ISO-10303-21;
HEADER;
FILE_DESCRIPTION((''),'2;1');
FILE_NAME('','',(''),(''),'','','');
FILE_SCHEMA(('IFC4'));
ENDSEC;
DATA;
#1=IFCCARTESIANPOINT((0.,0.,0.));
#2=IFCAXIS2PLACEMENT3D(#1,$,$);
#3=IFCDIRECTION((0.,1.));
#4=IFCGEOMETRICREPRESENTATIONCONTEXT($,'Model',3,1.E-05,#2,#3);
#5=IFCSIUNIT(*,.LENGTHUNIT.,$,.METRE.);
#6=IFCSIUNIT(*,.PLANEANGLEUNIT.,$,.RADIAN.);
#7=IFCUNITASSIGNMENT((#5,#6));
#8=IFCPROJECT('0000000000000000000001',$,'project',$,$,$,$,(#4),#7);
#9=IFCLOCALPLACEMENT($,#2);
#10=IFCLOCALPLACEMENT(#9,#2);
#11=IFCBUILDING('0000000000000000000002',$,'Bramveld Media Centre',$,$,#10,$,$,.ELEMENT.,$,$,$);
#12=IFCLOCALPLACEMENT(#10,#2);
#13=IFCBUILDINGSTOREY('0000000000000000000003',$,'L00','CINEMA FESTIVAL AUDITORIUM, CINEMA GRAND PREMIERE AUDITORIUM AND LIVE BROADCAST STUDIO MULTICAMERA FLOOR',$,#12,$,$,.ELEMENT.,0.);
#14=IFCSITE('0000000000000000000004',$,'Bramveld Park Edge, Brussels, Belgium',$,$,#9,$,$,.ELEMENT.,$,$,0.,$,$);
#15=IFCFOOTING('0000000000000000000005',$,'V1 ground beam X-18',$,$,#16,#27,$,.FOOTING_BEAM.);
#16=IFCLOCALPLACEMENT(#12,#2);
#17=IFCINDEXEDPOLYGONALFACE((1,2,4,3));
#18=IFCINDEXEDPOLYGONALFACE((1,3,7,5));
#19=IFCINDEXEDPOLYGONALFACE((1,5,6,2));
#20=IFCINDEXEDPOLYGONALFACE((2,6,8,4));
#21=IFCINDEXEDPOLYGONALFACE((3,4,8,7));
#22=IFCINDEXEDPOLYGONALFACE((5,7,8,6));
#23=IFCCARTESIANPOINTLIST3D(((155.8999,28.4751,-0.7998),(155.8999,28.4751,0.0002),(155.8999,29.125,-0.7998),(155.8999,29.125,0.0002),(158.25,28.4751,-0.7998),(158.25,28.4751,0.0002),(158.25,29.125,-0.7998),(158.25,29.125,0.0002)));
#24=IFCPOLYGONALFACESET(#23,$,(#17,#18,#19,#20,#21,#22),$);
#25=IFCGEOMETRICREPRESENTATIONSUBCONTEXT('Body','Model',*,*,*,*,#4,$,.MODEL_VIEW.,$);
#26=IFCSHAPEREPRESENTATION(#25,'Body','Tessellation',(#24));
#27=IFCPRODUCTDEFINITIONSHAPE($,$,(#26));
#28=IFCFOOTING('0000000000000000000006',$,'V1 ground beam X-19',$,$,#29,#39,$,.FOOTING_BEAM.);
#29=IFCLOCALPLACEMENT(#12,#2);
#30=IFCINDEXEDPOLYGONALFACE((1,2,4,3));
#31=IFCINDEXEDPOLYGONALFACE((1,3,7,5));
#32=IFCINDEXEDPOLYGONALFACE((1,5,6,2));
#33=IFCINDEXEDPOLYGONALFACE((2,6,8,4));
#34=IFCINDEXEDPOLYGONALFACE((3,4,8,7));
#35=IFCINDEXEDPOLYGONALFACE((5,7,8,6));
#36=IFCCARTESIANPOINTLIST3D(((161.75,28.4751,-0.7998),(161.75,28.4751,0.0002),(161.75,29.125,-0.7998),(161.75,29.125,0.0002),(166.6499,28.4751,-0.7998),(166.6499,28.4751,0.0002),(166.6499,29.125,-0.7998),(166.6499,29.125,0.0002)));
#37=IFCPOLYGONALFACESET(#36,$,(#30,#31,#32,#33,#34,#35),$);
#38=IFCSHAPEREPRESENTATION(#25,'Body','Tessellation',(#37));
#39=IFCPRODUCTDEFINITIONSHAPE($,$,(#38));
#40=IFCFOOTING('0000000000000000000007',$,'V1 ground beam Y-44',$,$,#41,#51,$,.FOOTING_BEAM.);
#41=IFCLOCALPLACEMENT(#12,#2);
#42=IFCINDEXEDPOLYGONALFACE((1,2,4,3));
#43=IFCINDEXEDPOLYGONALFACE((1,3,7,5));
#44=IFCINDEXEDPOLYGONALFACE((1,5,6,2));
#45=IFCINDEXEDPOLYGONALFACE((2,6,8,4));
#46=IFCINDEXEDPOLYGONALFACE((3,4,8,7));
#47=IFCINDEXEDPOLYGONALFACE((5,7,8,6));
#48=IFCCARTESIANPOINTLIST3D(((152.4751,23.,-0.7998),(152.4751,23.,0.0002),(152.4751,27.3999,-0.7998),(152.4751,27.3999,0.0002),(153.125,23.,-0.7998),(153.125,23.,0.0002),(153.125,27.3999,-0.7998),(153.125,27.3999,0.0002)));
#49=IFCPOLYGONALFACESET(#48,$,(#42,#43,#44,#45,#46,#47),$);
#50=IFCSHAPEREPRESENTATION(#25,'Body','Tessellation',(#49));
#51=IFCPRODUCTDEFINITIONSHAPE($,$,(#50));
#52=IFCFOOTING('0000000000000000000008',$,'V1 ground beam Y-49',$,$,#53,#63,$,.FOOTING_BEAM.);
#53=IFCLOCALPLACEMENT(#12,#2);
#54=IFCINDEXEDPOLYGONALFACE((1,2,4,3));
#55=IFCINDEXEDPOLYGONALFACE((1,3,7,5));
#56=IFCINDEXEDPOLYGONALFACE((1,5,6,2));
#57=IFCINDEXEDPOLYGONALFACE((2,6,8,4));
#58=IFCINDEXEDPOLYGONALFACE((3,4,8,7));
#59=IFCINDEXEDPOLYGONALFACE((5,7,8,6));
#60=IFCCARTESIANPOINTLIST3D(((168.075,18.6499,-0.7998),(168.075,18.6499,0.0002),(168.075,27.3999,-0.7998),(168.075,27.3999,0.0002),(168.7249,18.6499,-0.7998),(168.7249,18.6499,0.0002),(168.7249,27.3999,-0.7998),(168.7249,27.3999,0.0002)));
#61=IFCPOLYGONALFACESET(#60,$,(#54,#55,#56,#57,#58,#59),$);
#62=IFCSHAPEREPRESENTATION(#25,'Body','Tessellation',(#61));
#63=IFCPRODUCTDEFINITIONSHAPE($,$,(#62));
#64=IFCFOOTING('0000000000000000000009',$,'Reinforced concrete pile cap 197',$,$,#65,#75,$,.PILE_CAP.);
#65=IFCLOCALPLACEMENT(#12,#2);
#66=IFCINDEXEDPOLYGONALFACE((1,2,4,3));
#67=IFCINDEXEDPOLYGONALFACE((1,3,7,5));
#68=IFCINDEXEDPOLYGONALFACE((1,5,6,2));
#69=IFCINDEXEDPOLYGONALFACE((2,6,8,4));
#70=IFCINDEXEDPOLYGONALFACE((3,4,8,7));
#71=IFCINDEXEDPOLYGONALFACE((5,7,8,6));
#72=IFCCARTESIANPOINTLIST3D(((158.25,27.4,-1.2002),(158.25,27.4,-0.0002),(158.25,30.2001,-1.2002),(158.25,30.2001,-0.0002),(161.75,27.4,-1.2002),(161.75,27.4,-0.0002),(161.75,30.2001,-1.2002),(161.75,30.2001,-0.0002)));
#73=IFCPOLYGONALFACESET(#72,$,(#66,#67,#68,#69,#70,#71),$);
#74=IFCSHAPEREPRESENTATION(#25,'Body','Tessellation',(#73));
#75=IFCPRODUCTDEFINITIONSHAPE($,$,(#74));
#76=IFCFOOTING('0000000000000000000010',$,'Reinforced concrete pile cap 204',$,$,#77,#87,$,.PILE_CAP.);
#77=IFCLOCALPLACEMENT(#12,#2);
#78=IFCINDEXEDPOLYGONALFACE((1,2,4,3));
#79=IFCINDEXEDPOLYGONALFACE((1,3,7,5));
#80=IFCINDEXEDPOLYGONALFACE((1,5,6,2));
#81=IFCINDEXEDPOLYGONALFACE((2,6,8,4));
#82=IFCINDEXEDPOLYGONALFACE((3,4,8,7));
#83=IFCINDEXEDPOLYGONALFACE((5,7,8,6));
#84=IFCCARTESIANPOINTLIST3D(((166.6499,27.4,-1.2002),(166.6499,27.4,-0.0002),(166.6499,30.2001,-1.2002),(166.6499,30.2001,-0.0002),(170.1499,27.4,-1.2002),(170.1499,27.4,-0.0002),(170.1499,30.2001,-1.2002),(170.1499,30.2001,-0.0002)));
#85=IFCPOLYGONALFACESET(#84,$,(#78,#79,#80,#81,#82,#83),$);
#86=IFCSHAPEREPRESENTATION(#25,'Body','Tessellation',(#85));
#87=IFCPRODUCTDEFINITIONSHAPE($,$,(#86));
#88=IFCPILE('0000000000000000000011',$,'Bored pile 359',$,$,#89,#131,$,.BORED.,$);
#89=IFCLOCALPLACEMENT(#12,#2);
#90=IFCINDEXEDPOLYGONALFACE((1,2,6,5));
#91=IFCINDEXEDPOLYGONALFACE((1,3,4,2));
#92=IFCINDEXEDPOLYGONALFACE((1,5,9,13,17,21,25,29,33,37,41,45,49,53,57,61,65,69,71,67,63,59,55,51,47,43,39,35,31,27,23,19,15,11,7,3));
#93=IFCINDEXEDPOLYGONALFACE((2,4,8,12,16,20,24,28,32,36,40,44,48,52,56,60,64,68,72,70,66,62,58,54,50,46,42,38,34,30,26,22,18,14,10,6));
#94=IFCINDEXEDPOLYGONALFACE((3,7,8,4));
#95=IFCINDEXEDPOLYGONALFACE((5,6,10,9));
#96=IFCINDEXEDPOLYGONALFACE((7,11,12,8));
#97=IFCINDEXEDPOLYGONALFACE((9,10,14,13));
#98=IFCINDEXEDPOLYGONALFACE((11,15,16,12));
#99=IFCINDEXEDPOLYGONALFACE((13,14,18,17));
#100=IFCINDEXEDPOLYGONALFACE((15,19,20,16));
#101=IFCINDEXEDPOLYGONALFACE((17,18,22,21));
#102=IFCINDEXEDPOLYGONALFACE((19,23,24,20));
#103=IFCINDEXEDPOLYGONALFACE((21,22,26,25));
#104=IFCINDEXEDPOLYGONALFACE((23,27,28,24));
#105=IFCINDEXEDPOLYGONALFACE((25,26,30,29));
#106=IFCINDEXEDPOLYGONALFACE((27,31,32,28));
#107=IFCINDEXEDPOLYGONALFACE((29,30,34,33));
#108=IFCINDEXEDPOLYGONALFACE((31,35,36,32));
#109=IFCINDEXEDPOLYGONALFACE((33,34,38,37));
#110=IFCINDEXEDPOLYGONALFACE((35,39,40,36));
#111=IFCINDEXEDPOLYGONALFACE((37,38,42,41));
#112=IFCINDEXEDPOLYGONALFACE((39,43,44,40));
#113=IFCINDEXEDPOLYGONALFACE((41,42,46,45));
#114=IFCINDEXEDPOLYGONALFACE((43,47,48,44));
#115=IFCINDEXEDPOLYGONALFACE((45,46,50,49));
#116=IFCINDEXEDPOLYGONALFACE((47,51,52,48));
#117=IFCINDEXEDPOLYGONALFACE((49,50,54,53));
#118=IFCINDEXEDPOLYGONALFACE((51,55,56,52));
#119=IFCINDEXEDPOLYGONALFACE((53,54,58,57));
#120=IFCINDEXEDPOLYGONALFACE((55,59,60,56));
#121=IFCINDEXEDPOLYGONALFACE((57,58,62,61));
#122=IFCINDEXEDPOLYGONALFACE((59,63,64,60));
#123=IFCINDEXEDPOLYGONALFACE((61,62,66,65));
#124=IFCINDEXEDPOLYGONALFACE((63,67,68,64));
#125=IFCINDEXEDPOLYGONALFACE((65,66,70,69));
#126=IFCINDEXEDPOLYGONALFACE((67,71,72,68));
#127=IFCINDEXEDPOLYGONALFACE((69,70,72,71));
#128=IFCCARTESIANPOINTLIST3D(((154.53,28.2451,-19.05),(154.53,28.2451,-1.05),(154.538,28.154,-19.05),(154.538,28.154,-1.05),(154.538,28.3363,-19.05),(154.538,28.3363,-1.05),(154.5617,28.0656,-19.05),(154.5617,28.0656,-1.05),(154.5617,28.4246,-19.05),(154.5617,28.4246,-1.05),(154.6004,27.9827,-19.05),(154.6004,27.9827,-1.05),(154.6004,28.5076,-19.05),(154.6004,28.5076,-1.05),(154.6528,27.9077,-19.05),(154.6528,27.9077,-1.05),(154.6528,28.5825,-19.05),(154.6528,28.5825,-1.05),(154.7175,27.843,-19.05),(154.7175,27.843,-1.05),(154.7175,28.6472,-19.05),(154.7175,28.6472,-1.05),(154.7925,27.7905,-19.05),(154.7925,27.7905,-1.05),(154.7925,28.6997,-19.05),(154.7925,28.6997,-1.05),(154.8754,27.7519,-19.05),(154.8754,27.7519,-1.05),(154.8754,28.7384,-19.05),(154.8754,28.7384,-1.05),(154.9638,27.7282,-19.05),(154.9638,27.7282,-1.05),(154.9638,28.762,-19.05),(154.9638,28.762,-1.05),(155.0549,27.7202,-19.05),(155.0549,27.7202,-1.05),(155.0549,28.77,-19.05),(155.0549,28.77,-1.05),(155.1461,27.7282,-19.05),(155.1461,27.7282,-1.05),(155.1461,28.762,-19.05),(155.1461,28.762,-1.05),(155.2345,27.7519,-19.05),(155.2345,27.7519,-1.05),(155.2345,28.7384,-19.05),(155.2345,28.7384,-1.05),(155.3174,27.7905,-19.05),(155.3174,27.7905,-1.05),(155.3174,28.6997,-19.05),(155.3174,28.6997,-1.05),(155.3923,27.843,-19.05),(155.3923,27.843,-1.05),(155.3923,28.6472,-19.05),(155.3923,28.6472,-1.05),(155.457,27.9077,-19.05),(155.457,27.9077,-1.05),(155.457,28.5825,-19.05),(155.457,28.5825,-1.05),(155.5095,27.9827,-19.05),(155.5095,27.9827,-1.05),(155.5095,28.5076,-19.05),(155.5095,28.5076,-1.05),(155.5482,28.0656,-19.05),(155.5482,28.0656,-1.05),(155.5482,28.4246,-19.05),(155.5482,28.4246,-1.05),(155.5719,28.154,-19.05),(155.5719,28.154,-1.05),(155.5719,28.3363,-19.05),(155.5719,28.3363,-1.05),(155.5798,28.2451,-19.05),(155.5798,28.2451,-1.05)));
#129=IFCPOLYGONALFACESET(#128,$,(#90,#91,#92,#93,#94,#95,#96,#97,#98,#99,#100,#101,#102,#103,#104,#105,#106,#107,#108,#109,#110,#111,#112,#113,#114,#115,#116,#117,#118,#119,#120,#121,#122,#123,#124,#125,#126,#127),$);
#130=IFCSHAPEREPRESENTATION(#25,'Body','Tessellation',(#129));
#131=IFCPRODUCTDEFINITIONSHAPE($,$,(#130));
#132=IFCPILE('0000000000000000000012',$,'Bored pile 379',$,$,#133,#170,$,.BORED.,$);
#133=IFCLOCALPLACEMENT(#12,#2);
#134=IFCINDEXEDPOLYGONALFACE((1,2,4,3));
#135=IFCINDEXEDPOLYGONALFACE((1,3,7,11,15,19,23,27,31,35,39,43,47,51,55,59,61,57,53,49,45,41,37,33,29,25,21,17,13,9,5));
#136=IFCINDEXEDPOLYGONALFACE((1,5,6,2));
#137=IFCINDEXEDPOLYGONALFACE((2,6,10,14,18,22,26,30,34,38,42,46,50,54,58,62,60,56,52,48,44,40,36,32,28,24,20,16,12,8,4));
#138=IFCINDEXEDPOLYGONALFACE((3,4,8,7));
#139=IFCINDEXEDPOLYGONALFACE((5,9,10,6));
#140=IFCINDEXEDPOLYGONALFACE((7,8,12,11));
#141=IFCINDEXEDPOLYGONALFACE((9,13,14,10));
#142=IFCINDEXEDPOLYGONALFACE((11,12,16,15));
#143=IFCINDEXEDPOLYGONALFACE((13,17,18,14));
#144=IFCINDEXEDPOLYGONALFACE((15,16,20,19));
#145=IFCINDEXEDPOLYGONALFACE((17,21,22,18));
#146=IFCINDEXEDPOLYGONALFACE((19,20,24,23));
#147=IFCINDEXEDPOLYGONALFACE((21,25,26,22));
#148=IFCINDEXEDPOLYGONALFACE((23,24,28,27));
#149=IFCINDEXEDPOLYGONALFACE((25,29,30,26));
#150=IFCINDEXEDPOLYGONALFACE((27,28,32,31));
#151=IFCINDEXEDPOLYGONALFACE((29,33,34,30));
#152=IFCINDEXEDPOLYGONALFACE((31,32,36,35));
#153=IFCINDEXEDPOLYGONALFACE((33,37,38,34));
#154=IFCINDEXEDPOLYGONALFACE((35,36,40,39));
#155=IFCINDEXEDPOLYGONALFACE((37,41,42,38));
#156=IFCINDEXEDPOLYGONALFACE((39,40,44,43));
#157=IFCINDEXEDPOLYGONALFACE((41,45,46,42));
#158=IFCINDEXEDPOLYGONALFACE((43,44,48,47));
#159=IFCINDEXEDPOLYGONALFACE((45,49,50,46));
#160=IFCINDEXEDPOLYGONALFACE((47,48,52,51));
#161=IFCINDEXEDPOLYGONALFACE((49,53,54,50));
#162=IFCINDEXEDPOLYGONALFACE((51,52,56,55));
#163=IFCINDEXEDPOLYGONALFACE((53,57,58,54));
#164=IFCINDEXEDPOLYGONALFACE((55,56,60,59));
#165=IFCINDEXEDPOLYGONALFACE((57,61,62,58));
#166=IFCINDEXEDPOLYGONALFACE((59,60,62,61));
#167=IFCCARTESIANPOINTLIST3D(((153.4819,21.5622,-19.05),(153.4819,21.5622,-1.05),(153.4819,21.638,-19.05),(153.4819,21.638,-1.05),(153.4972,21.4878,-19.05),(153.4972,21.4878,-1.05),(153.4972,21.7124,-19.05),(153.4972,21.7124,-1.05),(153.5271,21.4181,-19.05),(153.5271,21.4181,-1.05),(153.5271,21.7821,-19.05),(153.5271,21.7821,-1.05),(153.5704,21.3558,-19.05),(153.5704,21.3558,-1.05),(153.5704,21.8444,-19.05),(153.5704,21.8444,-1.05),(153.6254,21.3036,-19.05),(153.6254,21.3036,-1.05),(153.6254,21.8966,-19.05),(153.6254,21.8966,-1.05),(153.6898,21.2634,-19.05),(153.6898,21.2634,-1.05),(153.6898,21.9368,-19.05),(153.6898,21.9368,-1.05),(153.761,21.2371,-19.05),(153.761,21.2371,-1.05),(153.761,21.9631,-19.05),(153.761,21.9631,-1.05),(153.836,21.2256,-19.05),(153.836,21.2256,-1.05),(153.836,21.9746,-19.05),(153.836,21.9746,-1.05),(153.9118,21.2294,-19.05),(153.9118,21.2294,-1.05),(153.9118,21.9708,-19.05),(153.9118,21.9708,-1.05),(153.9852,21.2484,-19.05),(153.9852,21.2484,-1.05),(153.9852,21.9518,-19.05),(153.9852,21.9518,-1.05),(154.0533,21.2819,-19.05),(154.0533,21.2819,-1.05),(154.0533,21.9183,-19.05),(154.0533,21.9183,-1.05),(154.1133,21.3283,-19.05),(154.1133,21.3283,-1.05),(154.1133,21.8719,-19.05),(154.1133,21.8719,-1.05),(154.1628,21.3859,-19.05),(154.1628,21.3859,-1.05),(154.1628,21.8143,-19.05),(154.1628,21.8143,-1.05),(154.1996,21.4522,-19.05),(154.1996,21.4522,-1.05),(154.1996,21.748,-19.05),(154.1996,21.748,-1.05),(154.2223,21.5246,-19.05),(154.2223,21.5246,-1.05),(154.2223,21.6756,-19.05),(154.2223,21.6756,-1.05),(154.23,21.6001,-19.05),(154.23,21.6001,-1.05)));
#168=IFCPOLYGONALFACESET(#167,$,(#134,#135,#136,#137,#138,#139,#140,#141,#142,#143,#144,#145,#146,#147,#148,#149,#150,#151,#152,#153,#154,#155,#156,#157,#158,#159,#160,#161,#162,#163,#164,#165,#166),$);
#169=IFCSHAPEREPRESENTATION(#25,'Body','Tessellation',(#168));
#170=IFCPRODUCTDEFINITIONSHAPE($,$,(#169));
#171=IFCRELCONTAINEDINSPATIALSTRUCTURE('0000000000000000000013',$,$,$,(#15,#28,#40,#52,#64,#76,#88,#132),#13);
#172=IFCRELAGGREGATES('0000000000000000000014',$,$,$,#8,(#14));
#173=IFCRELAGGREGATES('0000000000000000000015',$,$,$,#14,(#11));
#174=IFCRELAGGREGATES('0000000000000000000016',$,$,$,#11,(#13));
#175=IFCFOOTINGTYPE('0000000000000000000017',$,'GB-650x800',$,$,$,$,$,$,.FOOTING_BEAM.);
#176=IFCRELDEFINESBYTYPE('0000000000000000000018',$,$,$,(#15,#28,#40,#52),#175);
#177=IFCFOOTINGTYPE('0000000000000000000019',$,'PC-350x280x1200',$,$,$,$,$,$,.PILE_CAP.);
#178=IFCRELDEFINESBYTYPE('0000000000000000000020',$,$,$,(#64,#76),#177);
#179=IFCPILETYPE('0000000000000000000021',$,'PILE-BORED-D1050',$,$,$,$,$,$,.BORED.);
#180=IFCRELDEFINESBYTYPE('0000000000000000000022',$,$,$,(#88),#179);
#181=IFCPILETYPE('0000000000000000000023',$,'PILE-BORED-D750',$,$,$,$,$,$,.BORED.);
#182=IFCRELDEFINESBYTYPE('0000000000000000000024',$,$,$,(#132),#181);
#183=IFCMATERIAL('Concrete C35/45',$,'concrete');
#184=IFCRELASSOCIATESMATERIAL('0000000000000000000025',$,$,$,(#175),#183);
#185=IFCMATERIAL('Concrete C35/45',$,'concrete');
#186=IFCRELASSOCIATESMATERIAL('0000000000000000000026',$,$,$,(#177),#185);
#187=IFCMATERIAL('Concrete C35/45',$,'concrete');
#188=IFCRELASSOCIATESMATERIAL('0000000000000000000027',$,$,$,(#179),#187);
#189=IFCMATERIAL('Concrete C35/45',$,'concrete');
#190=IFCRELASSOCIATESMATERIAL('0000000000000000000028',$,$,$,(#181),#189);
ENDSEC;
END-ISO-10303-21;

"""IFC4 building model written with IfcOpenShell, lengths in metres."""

from ifc_helpers import new_model, si_unit, direction, frame, origin, origin_2d, place, context, subcontext, project, spatial, rectangle, circle, extrude, material, material_profile, profile_set, type_object, element, save


model = new_model("IFC4")

# Units and contexts
model_context = context("Model", 3, precision=1e-05, world=origin(), true_north=direction((0.0, 1.0)))
body_context = subcontext(model_context, "Body", "Model", "MODEL_VIEW")
ifc_project = project(units=[si_unit("LENGTHUNIT", "METRE"), si_unit("PLANEANGLEUNIT", "RADIAN")], contexts=[model_context])

# Site, building, storey
site_placement = place(None, origin())
site = spatial("IfcSite", under=ifc_project, at=site_placement, Name="Bramveld Park Edge, Brussels, Belgium", CompositionType="ELEMENT", RefElevation=0.0)
building_placement = place(site_placement, origin())
building = spatial("IfcBuilding", under=site, at=building_placement, Name="Bramveld Media Centre", CompositionType="ELEMENT")
storey_placement = place(building_placement, origin())
storey = spatial("IfcBuildingStorey", under=building, at=storey_placement, Name="L00", Description="CINEMA FESTIVAL AUDITORIUM, CINEMA GRAND PREMIERE AUDITORIUM AND LIVE BROADCAST STUDIO MULTICAMERA FLOOR", CompositionType="ELEMENT", Elevation=0.0)

# Footings
ifc_material_1 = material(Name="Concrete C35/45", Category="concrete")
footing_type_1 = type_object("IfcFootingType", Name="GB-650x800", PredefinedType="FOOTING_BEAM", material=ifc_material_1)
footing_1_placement = place(storey_placement, frame((157.075, 28.8, -0.7998), z_axis=(0.0, 0.0, 1.0), x_axis=(1.0, 0.0, 0.0)))
element("IfcFooting", 1, at=footing_1_placement, inside=storey, type_object=footing_type_1, Name="V1 ground beam X-18", PredefinedType="FOOTING_BEAM", context=body_context, shape_type="SweptSolid", body=[
    extrude(rectangle(XDim=2.3501, YDim=0.6499, at=origin_2d()), origin(), (0.0, 0.0, 1.0), 0.8),
])
footing_2_placement = place(storey_placement, frame((164.2, 28.8, -0.7998), z_axis=(0.0, 0.0, 1.0), x_axis=(1.0, 0.0, 0.0)))
element("IfcFooting", 2, at=footing_2_placement, inside=storey, type_object=footing_type_1, Name="V1 ground beam X-19", PredefinedType="FOOTING_BEAM", context=body_context, shape_type="SweptSolid", body=[
    extrude(rectangle(XDim=4.8999, YDim=0.6499, at=origin_2d()), origin(), (0.0, 0.0, 1.0), 0.8),
])
footing_3_placement = place(storey_placement, frame((152.8, 25.2, -0.7998), z_axis=(0.0, 0.0, 1.0), x_axis=(1.0, 0.0, 0.0)))
element("IfcFooting", 3, at=footing_3_placement, inside=storey, type_object=footing_type_1, Name="V1 ground beam Y-44", PredefinedType="FOOTING_BEAM", context=body_context, shape_type="SweptSolid", body=[
    extrude(rectangle(XDim=0.6499, YDim=4.3999, at=origin_2d()), origin(), (0.0, 0.0, 1.0), 0.8),
])
footing_4_placement = place(storey_placement, frame((168.3999, 23.0249, -0.7998), z_axis=(0.0, 0.0, 1.0), x_axis=(1.0, 0.0, 0.0)))
element("IfcFooting", 4, at=footing_4_placement, inside=storey, type_object=footing_type_1, Name="V1 ground beam Y-49", PredefinedType="FOOTING_BEAM", context=body_context, shape_type="SweptSolid", body=[
    extrude(rectangle(XDim=0.6499, YDim=8.75, at=origin_2d()), origin(), (0.0, 0.0, 1.0), 0.8),
])
ifc_material_2 = material(Name="Concrete C35/45", Category="concrete")
footing_type_2 = type_object("IfcFootingType", Name="PC-350x280x1200", PredefinedType="PILE_CAP", material=ifc_material_2)
for number, where, z_axis, x_axis, name in (
    (5, (160.0, 28.8, -1.2002), (0.0, 0.0, 1.0), (1.0, 0.0, 0.0), "Reinforced concrete pile cap 197"),
    (6, (168.3999, 28.8, -1.2002), (0.0, 0.0, 1.0), (1.0, 0.0, 0.0), "Reinforced concrete pile cap 204"),
):
    element("IfcFooting", number, at=place(storey_placement, frame(where, z_axis=z_axis, x_axis=x_axis)), inside=storey, type_object=footing_type_2, Name=name, PredefinedType="PILE_CAP", context=body_context, shape_type="SweptSolid", body=[
        extrude(rectangle(XDim=3.5, YDim=2.8, at=origin_2d()), origin(), (0.0, 0.0, 1.0), 1.2),
    ])

# Piles
ifc_material_3 = material(Name="Concrete C35/45", Category="concrete")
ifc_material_profile_1 = material_profile(ifc_material_3, circle(Radius=0.5249, at=origin_2d()), Name="BORED D1050")
ifc_profile_set_1 = profile_set([ifc_material_profile_1], Name="Concrete C35/45")
pile_type_1 = type_object("IfcPileType", Name="PILE-BORED-D1050", PredefinedType="BORED", material=ifc_profile_set_1)
pile_placement = place(storey_placement, frame((155.0549, 28.2451, -1.05), z_axis=(0.0, 0.0, -1.0), x_axis=(1.0, 0.0, 0.0)))
element("IfcPile", 7, at=pile_placement, inside=storey, type_object=pile_type_1, Name="Bored pile 359", PredefinedType="BORED", context=body_context, shape_type="SweptSolid", body=[
    extrude(circle(Radius=0.5249, at=origin_2d()), origin(), (0.0, 0.0, 1.0), 18.0),
])
ifc_material_4 = material(Name="Concrete C35/45", Category="concrete")
ifc_material_profile_2 = material_profile(ifc_material_4, circle(Radius=0.375, at=origin_2d()), Name="BORED D750")
ifc_profile_set_2 = profile_set([ifc_material_profile_2], Name="Concrete C35/45")
pile_type_2 = type_object("IfcPileType", Name="PILE-BORED-D750", PredefinedType="BORED", material=ifc_profile_set_2)
for number, where, z_axis, x_axis, name in (
    (8, (153.855, 21.6001, -1.05), (0.0, 0.0, -1.0), (1.0, 0.0, 0.0), "Bored pile 379"),
):
    element("IfcPile", number, at=place(storey_placement, frame(where, z_axis=z_axis, x_axis=x_axis)), inside=storey, type_object=pile_type_2, Name=name, PredefinedType="BORED", context=body_context, shape_type="SweptSolid", body=[
        extrude(circle(Radius=0.375, at=origin_2d()), origin(), (0.0, 0.0, 1.0), 18.0),
    ])

save(model, "model.ifc")
